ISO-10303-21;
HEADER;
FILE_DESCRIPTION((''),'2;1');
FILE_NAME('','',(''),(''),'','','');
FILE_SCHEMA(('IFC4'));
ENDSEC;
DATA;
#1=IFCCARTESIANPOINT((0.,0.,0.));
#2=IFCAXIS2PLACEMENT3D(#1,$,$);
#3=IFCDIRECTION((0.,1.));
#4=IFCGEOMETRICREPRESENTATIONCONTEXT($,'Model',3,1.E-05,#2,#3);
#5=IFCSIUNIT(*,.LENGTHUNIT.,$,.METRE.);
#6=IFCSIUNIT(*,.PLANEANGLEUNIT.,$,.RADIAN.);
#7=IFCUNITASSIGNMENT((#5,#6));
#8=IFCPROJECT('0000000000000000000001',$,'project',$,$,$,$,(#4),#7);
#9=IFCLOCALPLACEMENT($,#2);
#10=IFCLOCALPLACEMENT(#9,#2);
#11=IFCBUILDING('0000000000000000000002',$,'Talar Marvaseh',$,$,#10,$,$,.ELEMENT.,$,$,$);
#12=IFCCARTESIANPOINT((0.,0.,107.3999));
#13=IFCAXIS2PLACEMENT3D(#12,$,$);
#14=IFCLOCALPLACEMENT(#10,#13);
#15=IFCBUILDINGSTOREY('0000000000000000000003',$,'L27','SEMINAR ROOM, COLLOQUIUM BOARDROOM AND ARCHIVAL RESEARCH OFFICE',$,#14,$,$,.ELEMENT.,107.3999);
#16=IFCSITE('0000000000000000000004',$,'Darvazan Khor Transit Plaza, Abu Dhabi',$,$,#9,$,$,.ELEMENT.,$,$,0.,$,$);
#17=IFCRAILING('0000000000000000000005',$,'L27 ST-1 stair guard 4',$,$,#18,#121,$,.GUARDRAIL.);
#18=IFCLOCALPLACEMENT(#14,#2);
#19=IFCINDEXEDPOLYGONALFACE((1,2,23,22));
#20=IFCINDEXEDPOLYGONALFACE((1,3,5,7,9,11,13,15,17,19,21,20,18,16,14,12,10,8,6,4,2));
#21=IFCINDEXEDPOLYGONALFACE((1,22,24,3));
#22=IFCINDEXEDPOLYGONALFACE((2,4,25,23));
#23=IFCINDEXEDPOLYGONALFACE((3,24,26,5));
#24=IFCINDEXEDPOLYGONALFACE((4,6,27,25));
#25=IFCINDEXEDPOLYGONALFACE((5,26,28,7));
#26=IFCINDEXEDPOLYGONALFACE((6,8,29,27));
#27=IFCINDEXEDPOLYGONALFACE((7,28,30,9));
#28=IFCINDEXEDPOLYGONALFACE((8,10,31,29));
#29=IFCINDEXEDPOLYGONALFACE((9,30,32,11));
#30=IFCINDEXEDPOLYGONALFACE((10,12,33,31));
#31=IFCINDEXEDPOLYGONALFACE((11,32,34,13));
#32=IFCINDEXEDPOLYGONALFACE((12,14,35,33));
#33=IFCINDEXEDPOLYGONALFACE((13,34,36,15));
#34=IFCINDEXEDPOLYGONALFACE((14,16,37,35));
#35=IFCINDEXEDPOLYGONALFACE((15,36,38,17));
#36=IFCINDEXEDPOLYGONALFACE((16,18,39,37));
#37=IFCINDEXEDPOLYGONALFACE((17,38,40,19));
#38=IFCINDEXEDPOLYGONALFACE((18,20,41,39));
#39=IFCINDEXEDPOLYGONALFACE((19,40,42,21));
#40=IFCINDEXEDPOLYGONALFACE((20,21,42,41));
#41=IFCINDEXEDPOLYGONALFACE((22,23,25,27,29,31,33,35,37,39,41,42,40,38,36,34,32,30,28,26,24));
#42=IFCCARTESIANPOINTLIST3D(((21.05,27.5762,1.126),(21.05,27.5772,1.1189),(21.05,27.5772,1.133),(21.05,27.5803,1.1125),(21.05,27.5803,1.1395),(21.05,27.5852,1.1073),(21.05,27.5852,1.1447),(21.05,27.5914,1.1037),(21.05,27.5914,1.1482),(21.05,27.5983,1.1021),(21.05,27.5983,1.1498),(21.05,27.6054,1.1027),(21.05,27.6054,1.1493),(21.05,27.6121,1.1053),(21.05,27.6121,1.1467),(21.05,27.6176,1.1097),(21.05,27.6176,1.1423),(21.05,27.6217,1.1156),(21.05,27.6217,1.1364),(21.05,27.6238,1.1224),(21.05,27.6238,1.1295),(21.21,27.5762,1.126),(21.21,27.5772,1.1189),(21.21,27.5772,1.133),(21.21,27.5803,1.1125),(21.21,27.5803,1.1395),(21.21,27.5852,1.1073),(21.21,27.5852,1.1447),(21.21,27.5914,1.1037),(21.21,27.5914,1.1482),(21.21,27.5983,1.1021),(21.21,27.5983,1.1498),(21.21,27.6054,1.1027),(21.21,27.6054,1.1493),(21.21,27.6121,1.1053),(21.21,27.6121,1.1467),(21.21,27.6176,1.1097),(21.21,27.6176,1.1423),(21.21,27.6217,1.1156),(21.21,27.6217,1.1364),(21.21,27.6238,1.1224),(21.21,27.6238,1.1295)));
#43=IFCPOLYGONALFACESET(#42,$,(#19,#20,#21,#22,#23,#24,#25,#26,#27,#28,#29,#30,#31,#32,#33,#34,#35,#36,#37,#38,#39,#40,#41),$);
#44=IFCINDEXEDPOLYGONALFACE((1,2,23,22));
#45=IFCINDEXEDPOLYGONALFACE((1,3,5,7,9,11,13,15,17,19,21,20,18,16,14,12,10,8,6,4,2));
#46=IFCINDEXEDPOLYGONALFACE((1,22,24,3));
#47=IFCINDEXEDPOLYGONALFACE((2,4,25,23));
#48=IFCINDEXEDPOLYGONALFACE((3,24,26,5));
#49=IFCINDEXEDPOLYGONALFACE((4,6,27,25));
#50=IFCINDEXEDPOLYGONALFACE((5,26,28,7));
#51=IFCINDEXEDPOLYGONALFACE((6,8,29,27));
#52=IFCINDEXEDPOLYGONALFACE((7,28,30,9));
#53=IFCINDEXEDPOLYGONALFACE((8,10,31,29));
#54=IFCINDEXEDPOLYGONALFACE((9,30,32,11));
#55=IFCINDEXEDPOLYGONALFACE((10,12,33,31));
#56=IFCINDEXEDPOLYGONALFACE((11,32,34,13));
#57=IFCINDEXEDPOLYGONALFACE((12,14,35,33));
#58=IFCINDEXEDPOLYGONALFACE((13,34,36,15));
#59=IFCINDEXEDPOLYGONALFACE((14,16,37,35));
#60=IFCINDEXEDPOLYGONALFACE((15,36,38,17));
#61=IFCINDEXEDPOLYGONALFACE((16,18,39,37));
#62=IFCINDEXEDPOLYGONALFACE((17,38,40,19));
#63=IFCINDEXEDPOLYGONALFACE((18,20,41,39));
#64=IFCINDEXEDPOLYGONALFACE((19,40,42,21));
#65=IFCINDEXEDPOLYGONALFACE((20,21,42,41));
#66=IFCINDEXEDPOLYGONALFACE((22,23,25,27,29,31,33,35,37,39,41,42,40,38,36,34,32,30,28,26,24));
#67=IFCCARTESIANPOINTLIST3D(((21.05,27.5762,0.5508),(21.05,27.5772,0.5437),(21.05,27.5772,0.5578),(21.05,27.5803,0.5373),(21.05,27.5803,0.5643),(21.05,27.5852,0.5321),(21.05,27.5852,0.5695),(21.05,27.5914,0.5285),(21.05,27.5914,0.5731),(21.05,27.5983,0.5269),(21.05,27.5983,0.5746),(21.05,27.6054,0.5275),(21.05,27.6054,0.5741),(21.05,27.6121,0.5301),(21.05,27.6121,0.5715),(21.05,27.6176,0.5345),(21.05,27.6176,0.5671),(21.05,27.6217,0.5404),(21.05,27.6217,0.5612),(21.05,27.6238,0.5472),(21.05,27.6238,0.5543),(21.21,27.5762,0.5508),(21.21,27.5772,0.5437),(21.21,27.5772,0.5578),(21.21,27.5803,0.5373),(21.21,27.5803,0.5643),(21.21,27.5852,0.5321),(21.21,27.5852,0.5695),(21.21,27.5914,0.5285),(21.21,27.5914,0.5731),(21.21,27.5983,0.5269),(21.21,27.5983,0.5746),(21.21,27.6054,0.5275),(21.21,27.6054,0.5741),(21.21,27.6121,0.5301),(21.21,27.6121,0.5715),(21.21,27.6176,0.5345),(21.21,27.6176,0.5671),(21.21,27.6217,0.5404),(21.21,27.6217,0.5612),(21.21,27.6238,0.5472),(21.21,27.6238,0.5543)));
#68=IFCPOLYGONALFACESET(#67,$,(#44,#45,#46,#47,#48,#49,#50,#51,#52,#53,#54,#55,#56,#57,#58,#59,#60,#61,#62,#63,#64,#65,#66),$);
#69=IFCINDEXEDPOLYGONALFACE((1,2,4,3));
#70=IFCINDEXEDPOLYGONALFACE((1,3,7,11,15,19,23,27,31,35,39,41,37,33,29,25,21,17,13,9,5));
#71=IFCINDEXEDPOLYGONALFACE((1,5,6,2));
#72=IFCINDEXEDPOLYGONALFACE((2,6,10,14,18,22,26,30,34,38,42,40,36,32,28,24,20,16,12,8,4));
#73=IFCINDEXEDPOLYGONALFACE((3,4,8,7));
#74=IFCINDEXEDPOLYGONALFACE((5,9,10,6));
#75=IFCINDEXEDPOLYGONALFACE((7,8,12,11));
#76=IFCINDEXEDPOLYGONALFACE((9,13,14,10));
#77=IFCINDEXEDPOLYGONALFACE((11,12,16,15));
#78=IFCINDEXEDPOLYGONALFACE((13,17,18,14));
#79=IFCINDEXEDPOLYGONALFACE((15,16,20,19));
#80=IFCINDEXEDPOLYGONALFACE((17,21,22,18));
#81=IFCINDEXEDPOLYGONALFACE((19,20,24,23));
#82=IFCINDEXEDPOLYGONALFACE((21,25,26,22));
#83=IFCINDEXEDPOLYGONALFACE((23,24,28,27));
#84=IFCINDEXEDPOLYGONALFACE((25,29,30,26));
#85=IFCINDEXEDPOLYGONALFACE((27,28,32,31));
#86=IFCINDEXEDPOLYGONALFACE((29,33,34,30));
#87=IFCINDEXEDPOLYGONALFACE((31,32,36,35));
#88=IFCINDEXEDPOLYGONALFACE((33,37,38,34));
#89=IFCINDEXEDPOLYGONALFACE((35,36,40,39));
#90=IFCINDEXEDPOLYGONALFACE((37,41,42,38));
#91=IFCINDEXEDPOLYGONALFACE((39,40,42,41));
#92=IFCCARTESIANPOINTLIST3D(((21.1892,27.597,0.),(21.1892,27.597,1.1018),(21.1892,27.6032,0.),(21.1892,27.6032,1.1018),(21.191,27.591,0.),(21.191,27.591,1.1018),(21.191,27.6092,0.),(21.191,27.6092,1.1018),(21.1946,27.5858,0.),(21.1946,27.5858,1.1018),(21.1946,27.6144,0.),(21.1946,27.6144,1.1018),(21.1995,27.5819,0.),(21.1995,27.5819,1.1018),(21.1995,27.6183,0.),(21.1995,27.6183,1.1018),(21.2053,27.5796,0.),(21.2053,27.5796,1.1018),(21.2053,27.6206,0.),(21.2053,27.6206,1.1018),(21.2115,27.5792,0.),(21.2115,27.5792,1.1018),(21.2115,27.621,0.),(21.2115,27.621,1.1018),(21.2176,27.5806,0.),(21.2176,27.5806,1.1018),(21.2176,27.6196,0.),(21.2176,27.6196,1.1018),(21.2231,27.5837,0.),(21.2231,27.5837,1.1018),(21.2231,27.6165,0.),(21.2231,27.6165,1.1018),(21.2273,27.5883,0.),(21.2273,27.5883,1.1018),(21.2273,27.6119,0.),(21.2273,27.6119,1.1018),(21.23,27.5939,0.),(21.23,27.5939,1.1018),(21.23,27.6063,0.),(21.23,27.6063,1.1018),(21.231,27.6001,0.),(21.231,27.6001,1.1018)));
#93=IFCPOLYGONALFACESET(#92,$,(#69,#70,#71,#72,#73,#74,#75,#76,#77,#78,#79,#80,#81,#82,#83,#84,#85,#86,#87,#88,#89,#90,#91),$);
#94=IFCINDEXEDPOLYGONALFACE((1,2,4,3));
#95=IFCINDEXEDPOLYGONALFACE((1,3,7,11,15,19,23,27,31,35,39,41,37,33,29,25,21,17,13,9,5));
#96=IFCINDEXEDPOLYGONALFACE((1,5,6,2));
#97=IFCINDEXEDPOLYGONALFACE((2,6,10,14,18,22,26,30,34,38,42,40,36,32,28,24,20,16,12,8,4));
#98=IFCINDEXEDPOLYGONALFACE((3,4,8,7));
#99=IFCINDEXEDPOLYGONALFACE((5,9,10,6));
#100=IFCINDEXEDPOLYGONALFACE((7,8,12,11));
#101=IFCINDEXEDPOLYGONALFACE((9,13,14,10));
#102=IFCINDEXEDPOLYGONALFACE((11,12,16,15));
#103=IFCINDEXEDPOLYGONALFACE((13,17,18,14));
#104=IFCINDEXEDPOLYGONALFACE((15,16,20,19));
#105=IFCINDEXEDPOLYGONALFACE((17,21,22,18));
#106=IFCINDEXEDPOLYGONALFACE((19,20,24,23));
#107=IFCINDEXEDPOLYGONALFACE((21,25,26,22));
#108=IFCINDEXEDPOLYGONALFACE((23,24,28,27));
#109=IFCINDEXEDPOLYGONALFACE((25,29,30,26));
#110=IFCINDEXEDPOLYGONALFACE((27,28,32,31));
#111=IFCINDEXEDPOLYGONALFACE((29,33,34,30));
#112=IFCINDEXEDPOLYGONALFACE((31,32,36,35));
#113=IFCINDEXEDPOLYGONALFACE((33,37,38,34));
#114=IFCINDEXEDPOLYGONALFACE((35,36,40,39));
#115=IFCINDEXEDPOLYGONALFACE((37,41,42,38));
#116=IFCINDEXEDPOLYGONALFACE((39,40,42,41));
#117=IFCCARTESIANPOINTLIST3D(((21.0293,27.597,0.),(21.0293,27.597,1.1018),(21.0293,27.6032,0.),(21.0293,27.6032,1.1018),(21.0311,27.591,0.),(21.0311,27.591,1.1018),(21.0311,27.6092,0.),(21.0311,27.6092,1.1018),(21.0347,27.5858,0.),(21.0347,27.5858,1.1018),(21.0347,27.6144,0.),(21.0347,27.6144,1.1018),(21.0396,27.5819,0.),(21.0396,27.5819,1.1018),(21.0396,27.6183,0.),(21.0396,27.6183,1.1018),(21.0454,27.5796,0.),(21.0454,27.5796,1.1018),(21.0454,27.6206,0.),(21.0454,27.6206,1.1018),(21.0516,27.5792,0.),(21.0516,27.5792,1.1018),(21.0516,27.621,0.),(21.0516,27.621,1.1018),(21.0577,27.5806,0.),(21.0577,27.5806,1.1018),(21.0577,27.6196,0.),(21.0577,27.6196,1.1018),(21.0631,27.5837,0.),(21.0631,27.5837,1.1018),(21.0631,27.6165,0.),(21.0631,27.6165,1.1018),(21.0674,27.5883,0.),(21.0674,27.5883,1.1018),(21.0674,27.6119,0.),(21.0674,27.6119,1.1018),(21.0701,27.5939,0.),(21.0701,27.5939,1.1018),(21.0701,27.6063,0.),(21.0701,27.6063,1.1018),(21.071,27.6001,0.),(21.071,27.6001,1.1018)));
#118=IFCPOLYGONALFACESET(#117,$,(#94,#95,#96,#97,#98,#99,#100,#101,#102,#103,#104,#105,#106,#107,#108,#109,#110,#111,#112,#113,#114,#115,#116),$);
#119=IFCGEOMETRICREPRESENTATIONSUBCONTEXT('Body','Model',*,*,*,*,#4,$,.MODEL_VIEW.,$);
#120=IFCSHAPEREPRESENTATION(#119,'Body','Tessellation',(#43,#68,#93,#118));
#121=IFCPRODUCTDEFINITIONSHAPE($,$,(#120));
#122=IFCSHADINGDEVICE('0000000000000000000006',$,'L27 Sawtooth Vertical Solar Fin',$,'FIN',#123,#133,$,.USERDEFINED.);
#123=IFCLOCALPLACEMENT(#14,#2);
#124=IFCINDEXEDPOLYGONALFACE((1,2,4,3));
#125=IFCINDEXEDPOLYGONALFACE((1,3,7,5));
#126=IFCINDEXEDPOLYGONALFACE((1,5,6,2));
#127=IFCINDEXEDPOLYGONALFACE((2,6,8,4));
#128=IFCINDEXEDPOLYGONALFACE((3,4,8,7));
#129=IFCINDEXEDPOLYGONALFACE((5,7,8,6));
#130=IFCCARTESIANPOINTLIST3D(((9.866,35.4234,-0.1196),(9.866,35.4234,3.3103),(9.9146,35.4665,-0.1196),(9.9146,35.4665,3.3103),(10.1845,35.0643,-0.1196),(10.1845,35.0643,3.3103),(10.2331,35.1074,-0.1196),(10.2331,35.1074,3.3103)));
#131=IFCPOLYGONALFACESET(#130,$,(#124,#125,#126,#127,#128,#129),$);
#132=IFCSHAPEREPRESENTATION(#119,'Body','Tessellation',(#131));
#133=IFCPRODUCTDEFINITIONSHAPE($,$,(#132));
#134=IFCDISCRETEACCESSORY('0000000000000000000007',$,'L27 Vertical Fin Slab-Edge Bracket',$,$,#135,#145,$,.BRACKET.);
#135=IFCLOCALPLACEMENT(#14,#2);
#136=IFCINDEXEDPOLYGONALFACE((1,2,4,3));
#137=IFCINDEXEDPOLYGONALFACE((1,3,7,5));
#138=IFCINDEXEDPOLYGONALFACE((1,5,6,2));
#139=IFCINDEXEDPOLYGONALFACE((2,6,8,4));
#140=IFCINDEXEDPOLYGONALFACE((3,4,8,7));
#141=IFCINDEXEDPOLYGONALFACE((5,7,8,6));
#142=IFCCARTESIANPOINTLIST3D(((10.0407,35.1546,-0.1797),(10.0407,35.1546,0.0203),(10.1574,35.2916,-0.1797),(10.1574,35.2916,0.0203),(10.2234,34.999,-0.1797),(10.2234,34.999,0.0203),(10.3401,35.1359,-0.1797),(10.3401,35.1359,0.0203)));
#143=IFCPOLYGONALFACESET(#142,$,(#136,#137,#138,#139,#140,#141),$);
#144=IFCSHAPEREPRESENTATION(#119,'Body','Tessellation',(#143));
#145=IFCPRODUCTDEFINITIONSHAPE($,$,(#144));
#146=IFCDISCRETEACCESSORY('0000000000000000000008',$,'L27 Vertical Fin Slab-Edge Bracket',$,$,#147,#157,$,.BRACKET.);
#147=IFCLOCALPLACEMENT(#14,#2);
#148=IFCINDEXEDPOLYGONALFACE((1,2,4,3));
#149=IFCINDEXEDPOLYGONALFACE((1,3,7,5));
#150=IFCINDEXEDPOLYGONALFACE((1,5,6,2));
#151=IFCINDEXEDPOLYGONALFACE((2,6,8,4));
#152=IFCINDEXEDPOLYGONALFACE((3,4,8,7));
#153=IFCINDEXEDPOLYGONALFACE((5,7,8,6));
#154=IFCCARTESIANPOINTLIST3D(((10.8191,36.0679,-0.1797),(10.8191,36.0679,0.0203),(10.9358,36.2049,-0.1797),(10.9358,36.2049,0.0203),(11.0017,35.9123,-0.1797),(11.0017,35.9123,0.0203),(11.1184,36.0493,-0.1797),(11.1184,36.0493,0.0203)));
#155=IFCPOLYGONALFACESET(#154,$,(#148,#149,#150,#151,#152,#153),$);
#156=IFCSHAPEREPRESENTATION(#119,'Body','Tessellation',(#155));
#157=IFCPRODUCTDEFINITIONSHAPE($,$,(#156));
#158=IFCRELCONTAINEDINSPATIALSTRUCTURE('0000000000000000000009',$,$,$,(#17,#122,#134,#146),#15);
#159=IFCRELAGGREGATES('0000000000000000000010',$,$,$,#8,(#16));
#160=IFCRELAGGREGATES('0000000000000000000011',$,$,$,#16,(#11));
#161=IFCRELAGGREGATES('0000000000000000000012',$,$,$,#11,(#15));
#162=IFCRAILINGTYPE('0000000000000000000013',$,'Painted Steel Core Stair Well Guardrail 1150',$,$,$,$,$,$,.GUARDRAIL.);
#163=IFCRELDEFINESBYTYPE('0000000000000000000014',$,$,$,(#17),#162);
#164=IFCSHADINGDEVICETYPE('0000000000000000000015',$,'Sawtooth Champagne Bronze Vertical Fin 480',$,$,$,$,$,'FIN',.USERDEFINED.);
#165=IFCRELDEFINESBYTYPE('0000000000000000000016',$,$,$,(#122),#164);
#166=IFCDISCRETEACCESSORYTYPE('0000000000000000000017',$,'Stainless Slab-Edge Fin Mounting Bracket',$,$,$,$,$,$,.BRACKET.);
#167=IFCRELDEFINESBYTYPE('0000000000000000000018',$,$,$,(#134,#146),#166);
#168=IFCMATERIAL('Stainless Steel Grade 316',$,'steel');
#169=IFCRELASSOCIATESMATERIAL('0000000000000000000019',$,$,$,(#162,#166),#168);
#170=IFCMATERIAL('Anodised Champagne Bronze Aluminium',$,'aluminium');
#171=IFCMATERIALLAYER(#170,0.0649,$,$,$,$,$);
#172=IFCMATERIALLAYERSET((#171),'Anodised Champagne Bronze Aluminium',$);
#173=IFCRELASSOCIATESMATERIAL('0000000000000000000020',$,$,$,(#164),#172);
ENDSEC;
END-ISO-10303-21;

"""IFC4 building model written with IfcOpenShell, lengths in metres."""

from ifc_helpers import new_model, si_unit, direction, frame, origin, origin_2d, place, context, subcontext, project, spatial, rectangle, circle, extrude, source, transform, mapped, material, layer, layer_set, type_object, type_shapes, element, save


model = new_model("IFC4")

# Units and contexts
model_context = context("Model", 3, precision=1e-05, world=origin(), true_north=direction((0.0, 1.0)))
body_context = subcontext(model_context, "Body", "Model", "MODEL_VIEW")
ifc_project = project(units=[si_unit("LENGTHUNIT", "METRE"), si_unit("PLANEANGLEUNIT", "RADIAN")], contexts=[model_context])

# Site, building, storey
site_placement = place(None, origin())
site = spatial("IfcSite", under=ifc_project, at=site_placement, Name="Darvazan Khor Transit Plaza, Abu Dhabi", CompositionType="ELEMENT", RefElevation=0.0)
building_placement = place(site_placement, origin())
building = spatial("IfcBuilding", under=site, at=building_placement, Name="Talar Marvaseh", CompositionType="ELEMENT")
storey_placement = place(building_placement, frame((0.0, 0.0, 107.3999)))
storey = spatial("IfcBuildingStorey", under=building, at=storey_placement, Name="L27", Description="SEMINAR ROOM, COLLOQUIUM BOARDROOM AND ARCHIVAL RESEARCH OFFICE", CompositionType="ELEMENT", Elevation=107.3999)

# Railing
ifc_material_1 = material(Name="Stainless Steel Grade 316", Category="steel")
railing_type_1 = type_object("IfcRailingType", Name="Painted Steel Core Stair Well Guardrail 1150", PredefinedType="GUARDRAIL", material=ifc_material_1)
railing_1_placement = place(storey_placement, frame((21.21, 27.6001, 0.0)))
element("IfcRailing", 1, at=railing_1_placement, inside=storey, type_object=railing_type_1, Name="L27 ST-1 stair guard 4", PredefinedType="GUARDRAIL", context=body_context, shape_type="SweptSolid", body=[
    extrude(circle(Radius=0.0239, at=origin_2d()), frame((0.0, 0.0, 1.126), z_axis=(-1.0, 0.0, 0.0), x_axis=(0.0, -1.0, 0.0)), (0.0, 0.0, 1.0), 0.1599),
    extrude(circle(Radius=0.0239, at=origin_2d()), frame((0.0, 0.0, 0.5508), z_axis=(-1.0, 0.0, 0.0), x_axis=(0.0, -1.0, 0.0)), (0.0, 0.0, 1.0), 0.1599),
    extrude(circle(Radius=0.021, at=origin_2d()), origin(), (0.0, 0.0, 1.0), 1.1018),
    extrude(circle(Radius=0.021, at=origin_2d()), frame((-0.1599, 0.0, 0.0)), (0.0, 0.0, 1.0), 1.1018),
])

# Shading device
ifc_material_2 = material(Name="Anodised Champagne Bronze Aluminium", Category="aluminium")
ifc_layer_1 = layer(ifc_material_2, 0.0649)
ifc_layer_set_1 = layer_set([ifc_layer_1], Name="Anodised Champagne Bronze Aluminium")
shading_device_type = type_object("IfcShadingDeviceType", Name="Sawtooth Champagne Bronze Vertical Fin 480", ElementType="FIN", PredefinedType="USERDEFINED", material=ifc_layer_set_1)
shared_shape_1 = source(origin(), body_context, "Body", "SweptSolid", [
    extrude(rectangle(XDim=0.48, YDim=0.0649, at=origin_2d()), origin(), (0.0, 0.0, 1.0), 3.4299),
])
type_shapes(shading_device_type, [shared_shape_1])
shading_device_placement = place(storey_placement, frame((10.0496, 35.2654, -0.1196), z_axis=(0.0, 0.0, 1.0), x_axis=(-0.663535, 0.748146, 0.0)))
element("IfcShadingDevice", 2, at=shading_device_placement, inside=storey, type_object=shading_device_type, Name="L27 Sawtooth Vertical Solar Fin", ObjectType="FIN", PredefinedType="USERDEFINED", context=body_context, shape_type="MappedRepresentation", body=[
    mapped(shared_shape_1, transform((0.0, 0.0, 0.0), x_axis=(1.0, 0.0, 0.0), y_axis=(0.0, 1.0, 0.0), z_axis=(0.0, 0.0, 1.0), scale=1.0)),
])

# Discrete accessories
discrete_accessory_type = type_object("IfcDiscreteAccessoryType", Name="Stainless Slab-Edge Fin Mounting Bracket", PredefinedType="BRACKET", material=ifc_material_1)
shared_shape_2 = source(origin(), body_context, "Body", "SweptSolid", [
    extrude(rectangle(XDim=0.24, YDim=0.1799, at=origin_2d()), origin(), (0.0, 0.0, 1.0), 0.2),
])
type_shapes(discrete_accessory_type, [shared_shape_2])
for number, where, z_axis, x_axis, name in (
    (3, (10.1904, 35.1453, -0.1797), (0.0, 0.0, 1.0), (-0.761199, 0.648519, 0.0), "L27 Vertical Fin Slab-Edge Bracket"),
    (4, (10.9688, 36.0586, -0.1797), (0.0, 0.0, 1.0), (-0.761199, 0.648519, 0.0), "L27 Vertical Fin Slab-Edge Bracket"),
):
    element("IfcDiscreteAccessory", number, at=place(storey_placement, frame(where, z_axis=z_axis, x_axis=x_axis)), inside=storey, type_object=discrete_accessory_type, Name=name, PredefinedType="BRACKET", context=body_context, shape_type="MappedRepresentation", body=[
        mapped(shared_shape_2, transform((0.0, 0.0, 0.0), x_axis=(1.0, 0.0, 0.0), y_axis=(0.0, 1.0, 0.0), z_axis=(0.0, 0.0, 1.0), scale=1.0)),
    ])

save(model, "model.ifc")
